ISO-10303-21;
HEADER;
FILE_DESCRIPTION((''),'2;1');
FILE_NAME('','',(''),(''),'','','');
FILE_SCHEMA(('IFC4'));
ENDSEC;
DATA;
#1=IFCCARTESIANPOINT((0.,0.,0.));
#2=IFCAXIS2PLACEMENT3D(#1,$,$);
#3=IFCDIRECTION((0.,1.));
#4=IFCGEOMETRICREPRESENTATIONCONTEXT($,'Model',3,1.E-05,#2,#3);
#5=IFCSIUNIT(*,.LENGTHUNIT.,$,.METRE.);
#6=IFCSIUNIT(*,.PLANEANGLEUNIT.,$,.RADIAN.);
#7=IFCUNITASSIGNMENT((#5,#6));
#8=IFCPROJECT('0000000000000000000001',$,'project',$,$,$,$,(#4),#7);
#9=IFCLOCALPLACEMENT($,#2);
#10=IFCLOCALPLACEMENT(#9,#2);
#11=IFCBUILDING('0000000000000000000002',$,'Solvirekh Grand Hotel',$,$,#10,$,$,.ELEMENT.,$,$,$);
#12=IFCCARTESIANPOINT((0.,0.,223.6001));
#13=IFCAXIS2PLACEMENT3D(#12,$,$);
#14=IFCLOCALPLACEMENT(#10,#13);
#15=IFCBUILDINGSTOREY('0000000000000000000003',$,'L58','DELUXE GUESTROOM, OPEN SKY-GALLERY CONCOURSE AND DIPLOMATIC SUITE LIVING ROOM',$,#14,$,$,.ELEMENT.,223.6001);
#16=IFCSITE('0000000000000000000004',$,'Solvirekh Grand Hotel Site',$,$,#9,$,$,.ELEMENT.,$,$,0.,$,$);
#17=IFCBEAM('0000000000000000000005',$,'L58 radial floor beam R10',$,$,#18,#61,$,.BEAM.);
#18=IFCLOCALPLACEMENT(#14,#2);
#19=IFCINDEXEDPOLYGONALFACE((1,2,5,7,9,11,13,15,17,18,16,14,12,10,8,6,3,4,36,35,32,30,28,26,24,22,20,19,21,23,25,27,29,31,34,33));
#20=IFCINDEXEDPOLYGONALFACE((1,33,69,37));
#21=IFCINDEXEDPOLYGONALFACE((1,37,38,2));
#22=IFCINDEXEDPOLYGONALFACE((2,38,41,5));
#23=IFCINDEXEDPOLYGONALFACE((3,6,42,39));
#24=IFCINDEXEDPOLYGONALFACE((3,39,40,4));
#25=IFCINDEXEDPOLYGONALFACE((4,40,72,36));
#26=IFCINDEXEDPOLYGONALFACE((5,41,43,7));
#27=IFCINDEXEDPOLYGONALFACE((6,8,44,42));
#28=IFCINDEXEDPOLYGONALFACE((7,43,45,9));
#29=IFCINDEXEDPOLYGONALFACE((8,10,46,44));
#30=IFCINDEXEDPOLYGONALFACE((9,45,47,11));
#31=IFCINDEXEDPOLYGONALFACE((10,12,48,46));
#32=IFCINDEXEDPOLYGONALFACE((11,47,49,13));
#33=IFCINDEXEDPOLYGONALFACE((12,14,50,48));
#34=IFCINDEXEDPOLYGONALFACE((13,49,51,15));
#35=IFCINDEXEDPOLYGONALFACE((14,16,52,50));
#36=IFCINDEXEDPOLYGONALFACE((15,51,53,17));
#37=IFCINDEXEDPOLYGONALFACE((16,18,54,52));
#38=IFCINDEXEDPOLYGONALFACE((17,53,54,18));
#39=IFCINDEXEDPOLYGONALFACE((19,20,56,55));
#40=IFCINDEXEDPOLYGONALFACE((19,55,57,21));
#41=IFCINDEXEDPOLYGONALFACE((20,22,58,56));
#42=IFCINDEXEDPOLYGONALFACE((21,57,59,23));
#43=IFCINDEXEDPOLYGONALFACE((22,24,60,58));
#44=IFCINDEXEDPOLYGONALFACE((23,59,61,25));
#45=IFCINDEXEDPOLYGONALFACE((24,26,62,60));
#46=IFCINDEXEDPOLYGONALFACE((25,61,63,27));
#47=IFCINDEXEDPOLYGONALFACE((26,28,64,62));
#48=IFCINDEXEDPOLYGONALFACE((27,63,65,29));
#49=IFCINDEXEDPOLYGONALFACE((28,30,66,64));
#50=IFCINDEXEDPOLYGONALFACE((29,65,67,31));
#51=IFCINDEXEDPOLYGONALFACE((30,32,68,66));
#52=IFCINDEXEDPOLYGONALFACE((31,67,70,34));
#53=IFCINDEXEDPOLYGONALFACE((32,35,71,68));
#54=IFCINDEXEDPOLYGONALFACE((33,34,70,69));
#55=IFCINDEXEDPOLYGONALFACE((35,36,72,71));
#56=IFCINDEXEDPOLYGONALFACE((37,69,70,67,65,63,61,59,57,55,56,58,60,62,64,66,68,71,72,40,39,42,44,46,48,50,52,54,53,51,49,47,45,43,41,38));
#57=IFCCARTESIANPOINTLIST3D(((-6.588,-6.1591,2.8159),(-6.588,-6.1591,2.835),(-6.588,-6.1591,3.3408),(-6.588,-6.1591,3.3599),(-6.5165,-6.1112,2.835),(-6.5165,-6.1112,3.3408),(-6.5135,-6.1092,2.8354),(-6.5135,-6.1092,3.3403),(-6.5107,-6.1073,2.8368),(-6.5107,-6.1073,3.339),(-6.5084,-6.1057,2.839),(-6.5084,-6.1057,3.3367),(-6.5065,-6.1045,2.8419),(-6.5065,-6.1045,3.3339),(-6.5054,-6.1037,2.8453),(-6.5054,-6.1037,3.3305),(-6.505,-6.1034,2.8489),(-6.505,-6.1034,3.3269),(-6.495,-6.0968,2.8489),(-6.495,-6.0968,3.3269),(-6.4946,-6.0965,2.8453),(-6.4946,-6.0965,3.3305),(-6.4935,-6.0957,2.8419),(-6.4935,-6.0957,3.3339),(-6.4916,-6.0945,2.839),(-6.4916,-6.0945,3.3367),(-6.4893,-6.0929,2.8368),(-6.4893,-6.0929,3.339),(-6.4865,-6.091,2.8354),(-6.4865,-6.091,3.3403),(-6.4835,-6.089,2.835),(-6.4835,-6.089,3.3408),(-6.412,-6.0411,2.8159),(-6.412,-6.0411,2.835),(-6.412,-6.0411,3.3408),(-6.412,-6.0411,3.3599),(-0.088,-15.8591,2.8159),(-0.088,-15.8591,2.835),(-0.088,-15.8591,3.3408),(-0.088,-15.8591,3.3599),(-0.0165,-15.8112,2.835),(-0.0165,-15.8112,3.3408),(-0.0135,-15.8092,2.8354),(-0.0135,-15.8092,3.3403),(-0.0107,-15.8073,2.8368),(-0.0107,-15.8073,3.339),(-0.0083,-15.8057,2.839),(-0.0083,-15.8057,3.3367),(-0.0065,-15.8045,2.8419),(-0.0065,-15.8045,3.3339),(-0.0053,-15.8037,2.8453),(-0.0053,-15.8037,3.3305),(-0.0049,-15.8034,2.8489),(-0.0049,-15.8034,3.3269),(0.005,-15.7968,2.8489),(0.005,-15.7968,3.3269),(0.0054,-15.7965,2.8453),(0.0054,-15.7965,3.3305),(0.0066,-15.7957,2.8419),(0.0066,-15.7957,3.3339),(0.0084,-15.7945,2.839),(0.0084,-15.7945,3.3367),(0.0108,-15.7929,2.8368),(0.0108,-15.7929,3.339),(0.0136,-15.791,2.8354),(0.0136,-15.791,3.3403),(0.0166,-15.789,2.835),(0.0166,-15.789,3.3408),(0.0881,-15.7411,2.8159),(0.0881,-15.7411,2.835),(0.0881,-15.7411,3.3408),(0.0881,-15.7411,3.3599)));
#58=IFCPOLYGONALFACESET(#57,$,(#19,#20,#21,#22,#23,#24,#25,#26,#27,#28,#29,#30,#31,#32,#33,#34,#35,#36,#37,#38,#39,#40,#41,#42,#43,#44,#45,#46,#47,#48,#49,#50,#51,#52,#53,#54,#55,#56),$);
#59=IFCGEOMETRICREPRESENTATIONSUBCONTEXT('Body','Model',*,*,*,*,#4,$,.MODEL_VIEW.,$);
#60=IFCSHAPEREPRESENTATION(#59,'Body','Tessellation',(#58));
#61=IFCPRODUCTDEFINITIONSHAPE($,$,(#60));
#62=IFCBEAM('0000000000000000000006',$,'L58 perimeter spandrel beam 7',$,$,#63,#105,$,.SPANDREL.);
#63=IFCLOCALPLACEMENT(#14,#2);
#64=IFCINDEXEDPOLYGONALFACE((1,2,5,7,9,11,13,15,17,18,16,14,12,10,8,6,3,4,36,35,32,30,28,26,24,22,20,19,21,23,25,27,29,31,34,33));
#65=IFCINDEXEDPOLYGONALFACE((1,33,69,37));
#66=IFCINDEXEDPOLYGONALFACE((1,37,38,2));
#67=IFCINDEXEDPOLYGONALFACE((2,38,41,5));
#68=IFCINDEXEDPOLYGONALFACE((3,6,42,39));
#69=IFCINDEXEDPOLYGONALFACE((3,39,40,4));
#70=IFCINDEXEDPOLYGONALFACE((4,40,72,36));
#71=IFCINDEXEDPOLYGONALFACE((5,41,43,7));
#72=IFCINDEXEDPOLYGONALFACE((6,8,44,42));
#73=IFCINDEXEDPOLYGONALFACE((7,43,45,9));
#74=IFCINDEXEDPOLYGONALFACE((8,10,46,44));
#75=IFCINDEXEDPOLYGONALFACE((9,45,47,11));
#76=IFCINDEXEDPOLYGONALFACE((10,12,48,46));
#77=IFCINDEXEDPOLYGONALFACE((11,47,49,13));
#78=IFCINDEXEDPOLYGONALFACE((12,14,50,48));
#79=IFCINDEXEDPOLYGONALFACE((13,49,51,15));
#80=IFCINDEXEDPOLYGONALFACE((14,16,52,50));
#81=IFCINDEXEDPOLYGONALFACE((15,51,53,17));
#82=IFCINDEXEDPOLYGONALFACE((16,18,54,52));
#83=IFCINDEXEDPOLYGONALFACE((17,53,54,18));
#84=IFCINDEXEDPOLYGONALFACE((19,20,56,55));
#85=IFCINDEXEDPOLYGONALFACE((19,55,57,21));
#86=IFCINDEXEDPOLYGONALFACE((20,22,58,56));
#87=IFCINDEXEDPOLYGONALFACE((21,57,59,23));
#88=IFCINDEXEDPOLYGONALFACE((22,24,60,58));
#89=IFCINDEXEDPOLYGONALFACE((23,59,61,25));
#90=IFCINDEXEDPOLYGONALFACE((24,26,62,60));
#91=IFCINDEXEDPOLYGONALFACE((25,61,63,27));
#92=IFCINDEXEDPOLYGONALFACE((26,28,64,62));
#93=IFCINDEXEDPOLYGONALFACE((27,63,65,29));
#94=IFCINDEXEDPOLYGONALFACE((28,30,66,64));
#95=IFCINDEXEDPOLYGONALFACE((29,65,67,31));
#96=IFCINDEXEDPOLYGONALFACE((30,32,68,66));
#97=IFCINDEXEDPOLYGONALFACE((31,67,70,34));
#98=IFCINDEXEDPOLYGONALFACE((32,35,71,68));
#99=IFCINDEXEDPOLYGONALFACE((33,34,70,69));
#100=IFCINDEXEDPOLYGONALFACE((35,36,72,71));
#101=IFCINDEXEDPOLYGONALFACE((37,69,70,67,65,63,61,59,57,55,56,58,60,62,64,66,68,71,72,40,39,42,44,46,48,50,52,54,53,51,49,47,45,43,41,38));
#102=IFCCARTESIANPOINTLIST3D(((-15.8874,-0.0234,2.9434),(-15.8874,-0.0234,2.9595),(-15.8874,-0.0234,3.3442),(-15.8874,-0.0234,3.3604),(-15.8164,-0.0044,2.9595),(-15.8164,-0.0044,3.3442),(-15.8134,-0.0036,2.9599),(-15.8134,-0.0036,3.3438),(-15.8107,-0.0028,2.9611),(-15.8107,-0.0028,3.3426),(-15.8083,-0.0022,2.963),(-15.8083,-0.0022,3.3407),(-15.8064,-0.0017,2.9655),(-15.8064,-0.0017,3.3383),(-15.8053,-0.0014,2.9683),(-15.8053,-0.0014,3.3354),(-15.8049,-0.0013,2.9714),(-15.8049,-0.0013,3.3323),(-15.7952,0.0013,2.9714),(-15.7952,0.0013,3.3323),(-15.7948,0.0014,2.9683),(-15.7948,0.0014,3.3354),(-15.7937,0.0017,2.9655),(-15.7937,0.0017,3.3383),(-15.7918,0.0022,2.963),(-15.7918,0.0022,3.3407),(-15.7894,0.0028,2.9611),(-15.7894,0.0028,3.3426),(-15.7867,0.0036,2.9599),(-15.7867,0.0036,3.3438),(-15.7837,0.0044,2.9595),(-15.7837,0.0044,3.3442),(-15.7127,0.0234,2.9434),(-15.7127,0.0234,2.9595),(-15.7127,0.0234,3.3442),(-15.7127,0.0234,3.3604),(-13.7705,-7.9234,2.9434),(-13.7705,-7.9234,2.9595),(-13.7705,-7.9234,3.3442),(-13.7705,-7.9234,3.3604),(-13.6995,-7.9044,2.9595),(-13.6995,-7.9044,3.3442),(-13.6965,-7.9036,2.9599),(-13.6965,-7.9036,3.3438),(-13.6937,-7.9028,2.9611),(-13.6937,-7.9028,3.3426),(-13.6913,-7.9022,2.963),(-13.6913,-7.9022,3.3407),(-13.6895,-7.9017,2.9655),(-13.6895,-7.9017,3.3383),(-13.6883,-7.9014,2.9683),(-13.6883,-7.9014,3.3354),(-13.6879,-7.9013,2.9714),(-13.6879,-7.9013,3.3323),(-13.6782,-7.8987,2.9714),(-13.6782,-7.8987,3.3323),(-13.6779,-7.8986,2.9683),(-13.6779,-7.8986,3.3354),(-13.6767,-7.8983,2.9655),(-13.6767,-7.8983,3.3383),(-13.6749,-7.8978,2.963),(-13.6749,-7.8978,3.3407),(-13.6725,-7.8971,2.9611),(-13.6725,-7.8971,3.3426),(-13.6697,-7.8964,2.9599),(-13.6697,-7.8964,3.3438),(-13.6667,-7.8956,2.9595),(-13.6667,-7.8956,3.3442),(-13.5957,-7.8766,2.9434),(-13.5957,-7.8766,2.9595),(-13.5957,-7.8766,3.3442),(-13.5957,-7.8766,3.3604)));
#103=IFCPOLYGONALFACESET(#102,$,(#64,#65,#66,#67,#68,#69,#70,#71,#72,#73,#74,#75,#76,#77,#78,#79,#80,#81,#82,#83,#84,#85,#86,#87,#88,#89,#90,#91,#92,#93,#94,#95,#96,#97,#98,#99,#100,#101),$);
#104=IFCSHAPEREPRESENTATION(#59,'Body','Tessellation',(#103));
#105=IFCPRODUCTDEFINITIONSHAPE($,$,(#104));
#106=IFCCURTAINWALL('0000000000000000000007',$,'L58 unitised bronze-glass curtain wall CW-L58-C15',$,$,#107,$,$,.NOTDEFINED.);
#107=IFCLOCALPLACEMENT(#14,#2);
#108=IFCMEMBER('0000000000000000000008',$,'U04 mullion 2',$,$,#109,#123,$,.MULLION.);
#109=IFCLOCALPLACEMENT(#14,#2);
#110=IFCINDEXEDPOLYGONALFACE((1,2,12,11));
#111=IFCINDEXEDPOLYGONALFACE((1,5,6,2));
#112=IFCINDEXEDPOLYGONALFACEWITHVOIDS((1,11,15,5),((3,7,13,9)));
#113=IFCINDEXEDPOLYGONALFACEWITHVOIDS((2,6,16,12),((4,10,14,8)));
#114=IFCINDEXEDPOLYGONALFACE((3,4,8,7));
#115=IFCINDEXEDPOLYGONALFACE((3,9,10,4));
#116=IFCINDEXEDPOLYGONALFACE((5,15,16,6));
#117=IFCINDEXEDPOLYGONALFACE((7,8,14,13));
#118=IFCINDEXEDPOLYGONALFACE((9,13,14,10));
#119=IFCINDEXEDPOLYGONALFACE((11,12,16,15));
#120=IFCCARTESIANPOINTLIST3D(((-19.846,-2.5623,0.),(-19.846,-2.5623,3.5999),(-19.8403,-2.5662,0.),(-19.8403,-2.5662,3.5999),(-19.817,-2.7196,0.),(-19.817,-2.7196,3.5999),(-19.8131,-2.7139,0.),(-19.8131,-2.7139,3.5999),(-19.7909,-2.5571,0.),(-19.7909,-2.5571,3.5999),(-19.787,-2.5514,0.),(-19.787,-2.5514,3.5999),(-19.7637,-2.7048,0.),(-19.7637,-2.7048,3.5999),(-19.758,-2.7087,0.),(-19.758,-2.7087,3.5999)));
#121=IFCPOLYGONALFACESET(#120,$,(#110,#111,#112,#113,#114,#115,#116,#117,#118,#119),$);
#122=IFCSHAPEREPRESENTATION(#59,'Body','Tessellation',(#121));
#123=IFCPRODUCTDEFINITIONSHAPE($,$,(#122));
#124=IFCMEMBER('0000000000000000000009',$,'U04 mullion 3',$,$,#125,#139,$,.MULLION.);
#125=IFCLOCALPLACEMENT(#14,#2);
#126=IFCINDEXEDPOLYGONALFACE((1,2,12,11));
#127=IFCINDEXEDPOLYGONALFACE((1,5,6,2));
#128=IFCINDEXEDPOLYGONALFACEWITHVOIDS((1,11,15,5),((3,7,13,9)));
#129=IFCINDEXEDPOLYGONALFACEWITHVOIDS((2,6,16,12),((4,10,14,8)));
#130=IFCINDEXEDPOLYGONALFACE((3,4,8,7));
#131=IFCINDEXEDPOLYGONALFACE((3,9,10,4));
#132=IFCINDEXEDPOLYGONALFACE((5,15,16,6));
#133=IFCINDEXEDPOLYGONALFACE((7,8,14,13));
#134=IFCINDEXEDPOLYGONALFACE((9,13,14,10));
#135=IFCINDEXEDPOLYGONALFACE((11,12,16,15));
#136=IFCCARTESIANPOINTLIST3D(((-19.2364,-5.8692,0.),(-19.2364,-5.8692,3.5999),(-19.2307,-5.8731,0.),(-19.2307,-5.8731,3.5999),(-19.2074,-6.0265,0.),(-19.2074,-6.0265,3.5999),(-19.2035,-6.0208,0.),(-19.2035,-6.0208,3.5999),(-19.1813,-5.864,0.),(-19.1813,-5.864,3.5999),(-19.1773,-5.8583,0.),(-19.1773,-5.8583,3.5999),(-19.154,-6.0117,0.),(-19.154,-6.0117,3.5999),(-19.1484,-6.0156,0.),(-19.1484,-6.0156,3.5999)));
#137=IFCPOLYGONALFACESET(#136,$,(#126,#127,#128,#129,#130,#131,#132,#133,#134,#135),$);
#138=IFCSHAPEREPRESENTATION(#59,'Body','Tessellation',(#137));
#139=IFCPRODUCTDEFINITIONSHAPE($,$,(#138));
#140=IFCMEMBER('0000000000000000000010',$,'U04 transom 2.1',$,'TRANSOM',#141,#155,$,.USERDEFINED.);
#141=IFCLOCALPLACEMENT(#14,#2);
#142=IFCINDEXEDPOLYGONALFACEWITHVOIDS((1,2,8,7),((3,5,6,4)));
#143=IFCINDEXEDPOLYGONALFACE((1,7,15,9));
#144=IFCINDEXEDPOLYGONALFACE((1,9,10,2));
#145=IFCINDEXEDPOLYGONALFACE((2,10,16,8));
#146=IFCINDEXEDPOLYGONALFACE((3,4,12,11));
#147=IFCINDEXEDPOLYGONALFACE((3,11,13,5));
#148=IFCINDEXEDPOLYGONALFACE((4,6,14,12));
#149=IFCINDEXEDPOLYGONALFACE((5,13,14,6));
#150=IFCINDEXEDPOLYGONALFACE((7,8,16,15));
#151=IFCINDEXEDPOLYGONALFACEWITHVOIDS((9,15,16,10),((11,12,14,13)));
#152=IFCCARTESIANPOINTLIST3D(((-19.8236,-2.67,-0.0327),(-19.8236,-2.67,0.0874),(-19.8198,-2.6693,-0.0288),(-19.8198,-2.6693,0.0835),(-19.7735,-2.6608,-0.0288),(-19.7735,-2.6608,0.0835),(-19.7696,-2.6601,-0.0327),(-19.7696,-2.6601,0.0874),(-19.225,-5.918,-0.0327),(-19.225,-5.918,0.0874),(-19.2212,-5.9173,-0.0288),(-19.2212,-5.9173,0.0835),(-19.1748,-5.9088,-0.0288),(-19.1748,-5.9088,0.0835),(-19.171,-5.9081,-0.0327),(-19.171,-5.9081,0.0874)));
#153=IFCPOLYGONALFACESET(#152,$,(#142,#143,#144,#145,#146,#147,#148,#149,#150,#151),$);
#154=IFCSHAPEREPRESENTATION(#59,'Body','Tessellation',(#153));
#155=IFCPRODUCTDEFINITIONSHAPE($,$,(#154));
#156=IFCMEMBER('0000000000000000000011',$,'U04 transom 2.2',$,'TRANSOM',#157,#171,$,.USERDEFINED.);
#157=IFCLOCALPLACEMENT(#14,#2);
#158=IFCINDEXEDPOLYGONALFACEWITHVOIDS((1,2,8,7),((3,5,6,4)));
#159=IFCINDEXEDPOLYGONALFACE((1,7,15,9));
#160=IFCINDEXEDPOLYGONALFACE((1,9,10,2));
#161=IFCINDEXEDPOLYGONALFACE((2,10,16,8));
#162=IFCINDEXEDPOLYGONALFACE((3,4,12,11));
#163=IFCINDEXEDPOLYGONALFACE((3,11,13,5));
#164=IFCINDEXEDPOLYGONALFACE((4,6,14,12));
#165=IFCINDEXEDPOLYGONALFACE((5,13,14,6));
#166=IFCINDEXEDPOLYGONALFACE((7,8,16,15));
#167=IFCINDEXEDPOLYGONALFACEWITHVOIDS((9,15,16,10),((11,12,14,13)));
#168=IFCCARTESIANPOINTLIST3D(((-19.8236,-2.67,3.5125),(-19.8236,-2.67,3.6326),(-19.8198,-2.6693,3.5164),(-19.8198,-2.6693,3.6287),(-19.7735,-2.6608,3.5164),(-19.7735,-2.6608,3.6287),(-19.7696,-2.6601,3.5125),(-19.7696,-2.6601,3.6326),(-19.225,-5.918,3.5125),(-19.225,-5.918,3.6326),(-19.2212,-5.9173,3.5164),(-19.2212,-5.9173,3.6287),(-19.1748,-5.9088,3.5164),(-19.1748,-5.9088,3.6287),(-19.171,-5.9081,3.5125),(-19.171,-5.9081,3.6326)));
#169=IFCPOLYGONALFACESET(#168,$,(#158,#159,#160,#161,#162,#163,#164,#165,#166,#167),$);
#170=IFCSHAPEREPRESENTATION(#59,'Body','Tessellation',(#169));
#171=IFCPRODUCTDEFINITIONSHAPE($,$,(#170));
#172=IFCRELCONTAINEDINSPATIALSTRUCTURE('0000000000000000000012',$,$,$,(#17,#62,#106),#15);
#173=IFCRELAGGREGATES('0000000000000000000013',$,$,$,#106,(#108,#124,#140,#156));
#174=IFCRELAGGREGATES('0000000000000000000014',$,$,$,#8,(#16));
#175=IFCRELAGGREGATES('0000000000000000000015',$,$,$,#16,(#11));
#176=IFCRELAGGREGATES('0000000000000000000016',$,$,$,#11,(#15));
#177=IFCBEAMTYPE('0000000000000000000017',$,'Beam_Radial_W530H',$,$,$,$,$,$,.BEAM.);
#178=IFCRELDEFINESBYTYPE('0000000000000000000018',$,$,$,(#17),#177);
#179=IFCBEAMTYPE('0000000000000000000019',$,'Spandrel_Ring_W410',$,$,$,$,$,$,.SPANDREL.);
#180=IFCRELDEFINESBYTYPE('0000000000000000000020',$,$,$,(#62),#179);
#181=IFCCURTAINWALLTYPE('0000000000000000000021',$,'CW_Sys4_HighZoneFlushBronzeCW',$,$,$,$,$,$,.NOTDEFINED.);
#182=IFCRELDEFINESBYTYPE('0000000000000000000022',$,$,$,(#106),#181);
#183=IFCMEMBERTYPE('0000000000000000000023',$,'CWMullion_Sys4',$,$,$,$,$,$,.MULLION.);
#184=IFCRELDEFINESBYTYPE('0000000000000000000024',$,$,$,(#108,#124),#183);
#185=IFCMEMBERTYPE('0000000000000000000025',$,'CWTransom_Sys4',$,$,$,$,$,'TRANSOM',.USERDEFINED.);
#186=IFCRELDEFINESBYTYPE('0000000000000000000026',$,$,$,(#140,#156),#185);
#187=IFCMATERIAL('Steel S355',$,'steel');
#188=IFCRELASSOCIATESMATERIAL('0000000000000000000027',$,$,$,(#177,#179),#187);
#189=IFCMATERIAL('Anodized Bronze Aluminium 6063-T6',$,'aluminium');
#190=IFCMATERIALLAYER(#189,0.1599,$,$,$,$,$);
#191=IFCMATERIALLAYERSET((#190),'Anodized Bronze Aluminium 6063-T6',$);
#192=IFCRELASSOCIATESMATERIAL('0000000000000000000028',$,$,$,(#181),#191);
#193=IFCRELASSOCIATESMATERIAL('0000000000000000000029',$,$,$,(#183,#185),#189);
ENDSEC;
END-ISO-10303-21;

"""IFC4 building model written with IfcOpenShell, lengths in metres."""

from ifc_helpers import new_model, si_unit, direction, frame, origin, origin_2d, place, context, subcontext, project, spatial, hollow_rectangle, i_section, extrude, source, transform, mapped, material, layer, layer_set, material_profile, profile_set, type_object, element, aggregate, save


model = new_model("IFC4")

# Units and contexts
model_context = context("Model", 3, precision=1e-05, world=origin(), true_north=direction((0.0, 1.0)))
body_context = subcontext(model_context, "Body", "Model", "MODEL_VIEW")
ifc_project = project(units=[si_unit("LENGTHUNIT", "METRE"), si_unit("PLANEANGLEUNIT", "RADIAN")], contexts=[model_context])

# Site, building, storey
site_placement = place(None, origin())
site = spatial("IfcSite", under=ifc_project, at=site_placement, Name="Solvirekh Grand Hotel Site", CompositionType="ELEMENT", RefElevation=0.0)
building_placement = place(site_placement, origin())
building = spatial("IfcBuilding", under=site, at=building_placement, Name="Solvirekh Grand Hotel", CompositionType="ELEMENT")
storey_placement = place(building_placement, frame((0.0, 0.0, 223.6001)))
storey = spatial("IfcBuildingStorey", under=building, at=storey_placement, Name="L58", Description="DELUXE GUESTROOM, OPEN SKY-GALLERY CONCOURSE AND DIPLOMATIC SUITE LIVING ROOM", CompositionType="ELEMENT", Elevation=223.6001)

# Beams
ifc_material_1 = material(Name="Steel S355", Category="steel")
ifc_material_profile_1 = material_profile(ifc_material_1, i_section(OverallWidth=0.2119, OverallDepth=0.5439, WebThickness=0.012, FlangeThickness=0.019, FilletRadius=0.0139, at=origin_2d()), Name="W530X123")
ifc_profile_set_1 = profile_set([ifc_material_profile_1], Name="Steel S355")
beam_type_1 = type_object("IfcBeamType", Name="Beam_Radial_W530H", PredefinedType="BEAM", material=ifc_profile_set_1)
beam_1_placement = place(storey_placement, frame((-6.5, -6.1001, 3.0879), z_axis=(0.556677, -0.830729, 0.0), x_axis=(0.830729, 0.556677, 0.0)))
element("IfcBeam", 1, at=beam_1_placement, inside=storey, type_object=beam_type_1, Name="L58 radial floor beam R10", PredefinedType="BEAM", context=body_context, shape_type="SweptSolid", body=[
    extrude(i_section(OverallWidth=0.2119, OverallDepth=0.5439, WebThickness=0.012, FlangeThickness=0.019, FilletRadius=0.0139, at=origin_2d()), origin(), (0.0, 0.0, 1.0), 11.6765),
])
ifc_material_profile_2 = material_profile(ifc_material_1, i_section(OverallWidth=0.1809, OverallDepth=0.417, WebThickness=0.01, FlangeThickness=0.0161, FilletRadius=0.012, at=origin_2d()), Name="W410X85")
ifc_profile_set_2 = profile_set([ifc_material_profile_2], Name="Steel S355")
beam_type_2 = type_object("IfcBeamType", Name="Spandrel_Ring_W410", PredefinedType="SPANDREL", material=ifc_profile_set_2)
beam_2_placement = place(storey_placement, frame((-15.8, 0.0, 3.1519), z_axis=(0.258839, -0.965921, 0.0), x_axis=(0.965921, 0.258839, 0.0)))
element("IfcBeam", 2, at=beam_2_placement, inside=storey, type_object=beam_type_2, Name="L58 perimeter spandrel beam 7", PredefinedType="SPANDREL", context=body_context, shape_type="SweptSolid", body=[
    extrude(i_section(OverallWidth=0.1809, OverallDepth=0.417, WebThickness=0.01, FlangeThickness=0.0161, FilletRadius=0.012, at=origin_2d()), origin(), (0.0, 0.0, 1.0), 8.1787),
])

# Curtain wall, members
ifc_material_2 = material(Name="Anodized Bronze Aluminium 6063-T6", Category="aluminium")
ifc_layer_1 = layer(ifc_material_2, 0.1599)
ifc_layer_set_1 = layer_set([ifc_layer_1], Name="Anodized Bronze Aluminium 6063-T6")
curtain_wall_type = type_object("IfcCurtainWallType", Name="CW_Sys4_HighZoneFlushBronzeCW", PredefinedType="NOTDEFINED", material=ifc_layer_set_1)
curtain_wall_placement = place(storey_placement, origin())
curtain_wall = element("IfcCurtainWall", 3, at=curtain_wall_placement, inside=storey, type_object=curtain_wall_type, Name="L58 unitised bronze-glass curtain wall CW-L58-C15", PredefinedType="NOTDEFINED")
ifc_material_profile_3 = material_profile(ifc_material_2, hollow_rectangle(XDim=0.0601, YDim=0.1599, WallThickness=0.0049, at=origin_2d()), Name="ALU RHS 160X60X5")
ifc_profile_set_3 = profile_set([ifc_material_profile_3], Name="Anodized Bronze Aluminium 6063-T6")
member_type_1 = type_object("IfcMemberType", Name="CWMullion_Sys4", PredefinedType="MULLION", material=ifc_profile_set_3)
shared_shape_1 = source(origin(), body_context, "Body", "SweptSolid", [
    extrude(hollow_rectangle(XDim=0.0601, YDim=0.1599, WallThickness=0.0049, at=origin_2d()), origin(), (0.0, 0.0, 1.0), 3.5999),
])
member_1_placement = place(storey_placement, frame((-19.802, -2.6355, 0.0), z_axis=(0.0, 0.0, 1.0), x_axis=(0.983433, 0.181271, 0.0)))
member_1 = element("IfcMember", 4, at=member_1_placement, type_object=member_type_1, Name="U04 mullion 2", PredefinedType="MULLION", context=body_context, shape_type="MappedRepresentation", body=[
    mapped(shared_shape_1, transform((0.0, 0.0, 0.0), x_axis=(1.0, 0.0, 0.0), y_axis=(0.0, 1.0, 0.0), z_axis=(0.0, 0.0, 1.0), scale=1.0)),
])
member_2_placement = place(storey_placement, frame((-19.1924, -5.9424, 0.0), z_axis=(0.0, 0.0, 1.0), x_axis=(0.983433, 0.181271, 0.0)))
member_2 = element("IfcMember", 5, at=member_2_placement, type_object=member_type_1, Name="U04 mullion 3", PredefinedType="MULLION", context=body_context, shape_type="MappedRepresentation", body=[
    mapped(shared_shape_1, transform((0.0, 0.0, 0.0), x_axis=(1.0, 0.0, 0.0), y_axis=(0.0, 1.0, 0.0), z_axis=(0.0, 0.0, 1.0), scale=1.0)),
])
ifc_material_profile_4 = material_profile(ifc_material_2, hollow_rectangle(XDim=0.0549, YDim=0.1201, WallThickness=0.0039, at=origin_2d()), Name="ALU RHS 120X55X4")
ifc_profile_set_4 = profile_set([ifc_material_profile_4], Name="Anodized Bronze Aluminium 6063-T6")
member_type_2 = type_object("IfcMemberType", Name="CWTransom_Sys4", ElementType="TRANSOM", PredefinedType="USERDEFINED", material=ifc_profile_set_4)
shared_shape_2 = source(origin(), body_context, "Body", "SweptSolid", [
    extrude(hollow_rectangle(XDim=0.0549, YDim=0.1201, WallThickness=0.0039, at=origin_2d()), origin(), (0.0, 0.0, 1.0), 3.3027),
])
member_3_placement = place(storey_placement, frame((-19.7966, -2.665, 0.0273), z_axis=(0.181253, -0.983437, 0.0), x_axis=(0.983437, 0.181253, 0.0)))
member_3 = element("IfcMember", 6, at=member_3_placement, type_object=member_type_2, Name="U04 transom 2.1", ObjectType="TRANSOM", PredefinedType="USERDEFINED", context=body_context, shape_type="MappedRepresentation", body=[
    mapped(shared_shape_2, transform((0.0, 0.0, 0.0), x_axis=(1.0, 0.0, 0.0), y_axis=(0.0, 1.0, 0.0), z_axis=(0.0, 0.0, 1.0), scale=1.0)),
])
member_4_placement = place(storey_placement, frame((-19.7966, -2.665, 3.5725), z_axis=(0.181253, -0.983437, 0.0), x_axis=(0.983437, 0.181253, 0.0)))
member_4 = element("IfcMember", 7, at=member_4_placement, type_object=member_type_2, Name="U04 transom 2.2", ObjectType="TRANSOM", PredefinedType="USERDEFINED", context=body_context, shape_type="MappedRepresentation", body=[
    mapped(shared_shape_2, transform((0.0, 0.0, 0.0), x_axis=(1.0, 0.0, 0.0), y_axis=(0.0, 1.0, 0.0), z_axis=(0.0, 0.0, 1.0), scale=1.0)),
])

aggregate(curtain_wall, [member_1, member_2, member_3, member_4])

save(model, "model.ifc")
